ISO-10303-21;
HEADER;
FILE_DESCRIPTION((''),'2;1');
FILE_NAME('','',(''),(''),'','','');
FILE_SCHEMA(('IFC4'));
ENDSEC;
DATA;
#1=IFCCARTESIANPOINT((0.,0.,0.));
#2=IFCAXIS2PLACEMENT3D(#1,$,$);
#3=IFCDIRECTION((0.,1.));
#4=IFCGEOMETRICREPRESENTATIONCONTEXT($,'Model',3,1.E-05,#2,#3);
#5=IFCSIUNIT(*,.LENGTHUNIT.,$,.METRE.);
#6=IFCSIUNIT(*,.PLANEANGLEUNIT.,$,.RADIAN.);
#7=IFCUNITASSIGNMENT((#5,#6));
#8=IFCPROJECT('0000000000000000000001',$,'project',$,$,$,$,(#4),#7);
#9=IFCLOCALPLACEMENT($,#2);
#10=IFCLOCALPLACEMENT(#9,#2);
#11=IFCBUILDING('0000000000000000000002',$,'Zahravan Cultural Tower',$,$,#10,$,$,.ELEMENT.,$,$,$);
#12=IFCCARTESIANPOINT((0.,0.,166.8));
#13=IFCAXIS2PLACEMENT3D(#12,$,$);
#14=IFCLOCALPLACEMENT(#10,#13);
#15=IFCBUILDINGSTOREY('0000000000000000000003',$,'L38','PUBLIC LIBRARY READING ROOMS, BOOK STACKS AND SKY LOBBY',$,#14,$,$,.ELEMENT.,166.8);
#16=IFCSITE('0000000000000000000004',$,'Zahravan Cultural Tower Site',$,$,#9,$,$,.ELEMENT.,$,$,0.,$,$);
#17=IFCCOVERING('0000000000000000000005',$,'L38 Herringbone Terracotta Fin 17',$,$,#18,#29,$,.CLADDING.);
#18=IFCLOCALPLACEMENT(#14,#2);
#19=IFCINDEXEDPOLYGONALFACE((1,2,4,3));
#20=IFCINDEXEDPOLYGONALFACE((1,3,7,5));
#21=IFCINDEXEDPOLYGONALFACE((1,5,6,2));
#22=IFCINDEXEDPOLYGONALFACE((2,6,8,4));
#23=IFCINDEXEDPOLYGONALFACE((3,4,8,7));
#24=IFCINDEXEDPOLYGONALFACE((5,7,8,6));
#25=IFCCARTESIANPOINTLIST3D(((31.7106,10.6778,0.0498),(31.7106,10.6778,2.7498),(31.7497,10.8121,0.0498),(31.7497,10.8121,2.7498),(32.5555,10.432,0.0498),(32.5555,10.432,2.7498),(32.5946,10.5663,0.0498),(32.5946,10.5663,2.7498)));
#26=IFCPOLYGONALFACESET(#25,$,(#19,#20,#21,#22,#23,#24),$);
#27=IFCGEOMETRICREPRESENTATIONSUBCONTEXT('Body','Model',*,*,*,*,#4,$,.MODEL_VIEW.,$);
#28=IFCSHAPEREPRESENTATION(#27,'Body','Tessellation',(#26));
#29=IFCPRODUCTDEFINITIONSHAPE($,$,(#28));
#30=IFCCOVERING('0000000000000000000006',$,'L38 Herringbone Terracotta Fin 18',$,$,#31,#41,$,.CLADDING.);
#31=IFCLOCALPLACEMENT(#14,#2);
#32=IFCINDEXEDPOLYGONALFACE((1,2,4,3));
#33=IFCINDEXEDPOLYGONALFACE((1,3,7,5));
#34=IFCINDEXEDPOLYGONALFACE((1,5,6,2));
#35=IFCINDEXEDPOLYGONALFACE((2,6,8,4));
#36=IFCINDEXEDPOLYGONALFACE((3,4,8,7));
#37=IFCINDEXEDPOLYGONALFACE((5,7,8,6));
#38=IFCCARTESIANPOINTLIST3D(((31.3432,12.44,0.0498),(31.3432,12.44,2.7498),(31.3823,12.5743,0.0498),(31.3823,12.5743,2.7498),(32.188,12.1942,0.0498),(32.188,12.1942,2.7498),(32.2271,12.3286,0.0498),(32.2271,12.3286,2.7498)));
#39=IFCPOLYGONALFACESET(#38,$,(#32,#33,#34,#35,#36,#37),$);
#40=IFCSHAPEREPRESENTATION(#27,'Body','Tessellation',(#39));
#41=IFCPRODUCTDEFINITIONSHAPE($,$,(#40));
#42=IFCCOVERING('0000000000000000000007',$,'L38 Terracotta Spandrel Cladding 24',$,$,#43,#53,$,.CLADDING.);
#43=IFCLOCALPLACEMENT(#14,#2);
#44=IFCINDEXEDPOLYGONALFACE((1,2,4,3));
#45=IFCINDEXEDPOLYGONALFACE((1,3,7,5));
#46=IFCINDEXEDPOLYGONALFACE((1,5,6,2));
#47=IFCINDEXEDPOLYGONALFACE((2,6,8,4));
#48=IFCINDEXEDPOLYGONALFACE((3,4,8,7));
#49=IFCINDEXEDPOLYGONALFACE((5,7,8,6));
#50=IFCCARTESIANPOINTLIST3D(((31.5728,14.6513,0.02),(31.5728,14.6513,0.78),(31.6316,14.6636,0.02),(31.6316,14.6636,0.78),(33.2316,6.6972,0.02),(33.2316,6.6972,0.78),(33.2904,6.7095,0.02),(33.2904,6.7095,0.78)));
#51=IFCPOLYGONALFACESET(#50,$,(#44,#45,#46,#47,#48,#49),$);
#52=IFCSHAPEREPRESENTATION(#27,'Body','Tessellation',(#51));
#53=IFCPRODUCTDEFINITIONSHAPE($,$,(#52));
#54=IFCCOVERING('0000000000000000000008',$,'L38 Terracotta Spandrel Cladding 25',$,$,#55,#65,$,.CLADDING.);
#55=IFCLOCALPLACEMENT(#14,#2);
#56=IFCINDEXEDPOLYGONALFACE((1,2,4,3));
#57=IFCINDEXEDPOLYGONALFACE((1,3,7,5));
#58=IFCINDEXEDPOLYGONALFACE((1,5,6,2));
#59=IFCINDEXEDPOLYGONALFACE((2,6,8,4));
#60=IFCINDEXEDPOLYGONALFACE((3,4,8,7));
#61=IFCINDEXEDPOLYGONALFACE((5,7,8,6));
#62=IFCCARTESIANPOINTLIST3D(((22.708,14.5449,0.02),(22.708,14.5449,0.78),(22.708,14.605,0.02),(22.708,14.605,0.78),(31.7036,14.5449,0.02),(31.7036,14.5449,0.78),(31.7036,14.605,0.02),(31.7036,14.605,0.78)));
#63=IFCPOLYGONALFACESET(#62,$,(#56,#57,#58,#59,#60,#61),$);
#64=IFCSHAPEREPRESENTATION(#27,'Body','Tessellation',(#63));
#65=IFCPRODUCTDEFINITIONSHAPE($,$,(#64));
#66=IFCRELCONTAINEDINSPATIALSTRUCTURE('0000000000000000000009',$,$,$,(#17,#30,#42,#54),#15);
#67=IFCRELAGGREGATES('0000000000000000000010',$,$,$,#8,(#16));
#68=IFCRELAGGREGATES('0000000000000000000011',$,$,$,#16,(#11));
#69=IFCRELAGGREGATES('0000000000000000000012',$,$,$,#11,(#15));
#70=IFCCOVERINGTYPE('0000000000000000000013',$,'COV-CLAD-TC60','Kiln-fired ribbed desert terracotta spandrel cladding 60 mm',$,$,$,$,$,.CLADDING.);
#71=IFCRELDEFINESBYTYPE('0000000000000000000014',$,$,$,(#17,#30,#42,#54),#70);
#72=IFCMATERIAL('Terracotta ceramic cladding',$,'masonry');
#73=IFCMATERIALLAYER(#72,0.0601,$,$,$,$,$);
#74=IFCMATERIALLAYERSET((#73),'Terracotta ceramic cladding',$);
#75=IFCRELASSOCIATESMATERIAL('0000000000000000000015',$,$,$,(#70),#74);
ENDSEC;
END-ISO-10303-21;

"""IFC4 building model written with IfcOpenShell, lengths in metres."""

from ifc_helpers import new_model, si_unit, direction, frame, origin, origin_2d, place, context, subcontext, project, spatial, rectangle, extrude, source, transform, mapped, material, layer, layer_set, type_object, element, save


model = new_model("IFC4")

# Units and contexts
model_context = context("Model", 3, precision=1e-05, world=origin(), true_north=direction((0.0, 1.0)))
body_context = subcontext(model_context, "Body", "Model", "MODEL_VIEW")
ifc_project = project(units=[si_unit("LENGTHUNIT", "METRE"), si_unit("PLANEANGLEUNIT", "RADIAN")], contexts=[model_context])

# Site, building, storey
site_placement = place(None, origin())
site = spatial("IfcSite", under=ifc_project, at=site_placement, Name="Zahravan Cultural Tower Site", CompositionType="ELEMENT", RefElevation=0.0)
building_placement = place(site_placement, origin())
building = spatial("IfcBuilding", under=site, at=building_placement, Name="Zahravan Cultural Tower", CompositionType="ELEMENT")
storey_placement = place(building_placement, frame((0.0, 0.0, 166.8)))
storey = spatial("IfcBuildingStorey", under=building, at=storey_placement, Name="L38", Description="PUBLIC LIBRARY READING ROOMS, BOOK STACKS AND SKY LOBBY", CompositionType="ELEMENT", Elevation=166.8)

# Coverings
ifc_material_1 = material(Name="Terracotta ceramic cladding", Category="masonry")
ifc_layer_1 = layer(ifc_material_1, 0.0601)
ifc_layer_set_1 = layer_set([ifc_layer_1], Name="Terracotta ceramic cladding")
covering_type = type_object("IfcCoveringType", Name="COV-CLAD-TC60", Description="Kiln-fired ribbed desert terracotta spandrel cladding 60 mm", PredefinedType="CLADDING", material=ifc_layer_set_1)
shared_shape_1 = source(origin(), body_context, "Body", "SweptSolid", [
    extrude(rectangle(XDim=0.8799, YDim=0.1399, at=origin_2d()), origin(), (0.0, 0.0, 1.0), 2.7),
])
for number, where, z_axis, x_axis, name in (
    (1, (32.1526, 10.6221, 0.0498), (0.0, 0.0, 1.0), (-0.960196, 0.279326, 0.0), "L38 Herringbone Terracotta Fin 17"),
    (2, (31.7852, 12.3843, 0.0498), (0.0, 0.0, 1.0), (-0.960196, 0.279326, 0.0), "L38 Herringbone Terracotta Fin 18"),
):
    element("IfcCovering", number, at=place(storey_placement, frame(where, z_axis=z_axis, x_axis=x_axis)), inside=storey, type_object=covering_type, Name=name, PredefinedType="CLADDING", context=body_context, shape_type="MappedRepresentation", body=[
        mapped(shared_shape_1, transform((0.0, 0.0, 0.0), x_axis=(1.0, 0.0, 0.0), y_axis=(0.0, 1.0, 0.0), z_axis=(0.0, 0.0, 1.0), scale=1.0)),
    ])
shared_shape_2 = source(origin(), body_context, "Body", "SweptSolid", [
    extrude(rectangle(XDim=8.1252, YDim=0.0601, at=origin_2d()), origin(), (0.0, 0.0, 1.0), 0.76),
])
covering_1_placement = place(storey_placement, frame((32.4316, 10.6804, 0.02), z_axis=(0.0, 0.0, 1.0), x_axis=(-0.204154, 0.978939, 0.0)))
element("IfcCovering", 3, at=covering_1_placement, inside=storey, type_object=covering_type, Name="L38 Terracotta Spandrel Cladding 24", PredefinedType="CLADDING", context=body_context, shape_type="MappedRepresentation", body=[
    mapped(shared_shape_2, transform((0.0, 0.0, 0.0), x_axis=(1.0, 0.0, 0.0), y_axis=(0.0, 1.0, 0.0), z_axis=(0.0, 0.0, 1.0), scale=1.0)),
])
shared_shape_3 = source(origin(), body_context, "Body", "SweptSolid", [
    extrude(rectangle(XDim=8.9956, YDim=0.0601, at=origin_2d()), origin(), (0.0, 0.0, 1.0), 0.76),
])
covering_2_placement = place(storey_placement, frame((27.2058, 14.575, 0.02), z_axis=(0.0, 0.0, 1.0), x_axis=(-1.0, 0.0, 0.0)))
element("IfcCovering", 4, at=covering_2_placement, inside=storey, type_object=covering_type, Name="L38 Terracotta Spandrel Cladding 25", PredefinedType="CLADDING", context=body_context, shape_type="MappedRepresentation", body=[
    mapped(shared_shape_3, transform((0.0, 0.0, 0.0), x_axis=(1.0, 0.0, 0.0), y_axis=(0.0, 1.0, 0.0), z_axis=(0.0, 0.0, 1.0), scale=1.0)),
])

save(model, "model.ifc")
